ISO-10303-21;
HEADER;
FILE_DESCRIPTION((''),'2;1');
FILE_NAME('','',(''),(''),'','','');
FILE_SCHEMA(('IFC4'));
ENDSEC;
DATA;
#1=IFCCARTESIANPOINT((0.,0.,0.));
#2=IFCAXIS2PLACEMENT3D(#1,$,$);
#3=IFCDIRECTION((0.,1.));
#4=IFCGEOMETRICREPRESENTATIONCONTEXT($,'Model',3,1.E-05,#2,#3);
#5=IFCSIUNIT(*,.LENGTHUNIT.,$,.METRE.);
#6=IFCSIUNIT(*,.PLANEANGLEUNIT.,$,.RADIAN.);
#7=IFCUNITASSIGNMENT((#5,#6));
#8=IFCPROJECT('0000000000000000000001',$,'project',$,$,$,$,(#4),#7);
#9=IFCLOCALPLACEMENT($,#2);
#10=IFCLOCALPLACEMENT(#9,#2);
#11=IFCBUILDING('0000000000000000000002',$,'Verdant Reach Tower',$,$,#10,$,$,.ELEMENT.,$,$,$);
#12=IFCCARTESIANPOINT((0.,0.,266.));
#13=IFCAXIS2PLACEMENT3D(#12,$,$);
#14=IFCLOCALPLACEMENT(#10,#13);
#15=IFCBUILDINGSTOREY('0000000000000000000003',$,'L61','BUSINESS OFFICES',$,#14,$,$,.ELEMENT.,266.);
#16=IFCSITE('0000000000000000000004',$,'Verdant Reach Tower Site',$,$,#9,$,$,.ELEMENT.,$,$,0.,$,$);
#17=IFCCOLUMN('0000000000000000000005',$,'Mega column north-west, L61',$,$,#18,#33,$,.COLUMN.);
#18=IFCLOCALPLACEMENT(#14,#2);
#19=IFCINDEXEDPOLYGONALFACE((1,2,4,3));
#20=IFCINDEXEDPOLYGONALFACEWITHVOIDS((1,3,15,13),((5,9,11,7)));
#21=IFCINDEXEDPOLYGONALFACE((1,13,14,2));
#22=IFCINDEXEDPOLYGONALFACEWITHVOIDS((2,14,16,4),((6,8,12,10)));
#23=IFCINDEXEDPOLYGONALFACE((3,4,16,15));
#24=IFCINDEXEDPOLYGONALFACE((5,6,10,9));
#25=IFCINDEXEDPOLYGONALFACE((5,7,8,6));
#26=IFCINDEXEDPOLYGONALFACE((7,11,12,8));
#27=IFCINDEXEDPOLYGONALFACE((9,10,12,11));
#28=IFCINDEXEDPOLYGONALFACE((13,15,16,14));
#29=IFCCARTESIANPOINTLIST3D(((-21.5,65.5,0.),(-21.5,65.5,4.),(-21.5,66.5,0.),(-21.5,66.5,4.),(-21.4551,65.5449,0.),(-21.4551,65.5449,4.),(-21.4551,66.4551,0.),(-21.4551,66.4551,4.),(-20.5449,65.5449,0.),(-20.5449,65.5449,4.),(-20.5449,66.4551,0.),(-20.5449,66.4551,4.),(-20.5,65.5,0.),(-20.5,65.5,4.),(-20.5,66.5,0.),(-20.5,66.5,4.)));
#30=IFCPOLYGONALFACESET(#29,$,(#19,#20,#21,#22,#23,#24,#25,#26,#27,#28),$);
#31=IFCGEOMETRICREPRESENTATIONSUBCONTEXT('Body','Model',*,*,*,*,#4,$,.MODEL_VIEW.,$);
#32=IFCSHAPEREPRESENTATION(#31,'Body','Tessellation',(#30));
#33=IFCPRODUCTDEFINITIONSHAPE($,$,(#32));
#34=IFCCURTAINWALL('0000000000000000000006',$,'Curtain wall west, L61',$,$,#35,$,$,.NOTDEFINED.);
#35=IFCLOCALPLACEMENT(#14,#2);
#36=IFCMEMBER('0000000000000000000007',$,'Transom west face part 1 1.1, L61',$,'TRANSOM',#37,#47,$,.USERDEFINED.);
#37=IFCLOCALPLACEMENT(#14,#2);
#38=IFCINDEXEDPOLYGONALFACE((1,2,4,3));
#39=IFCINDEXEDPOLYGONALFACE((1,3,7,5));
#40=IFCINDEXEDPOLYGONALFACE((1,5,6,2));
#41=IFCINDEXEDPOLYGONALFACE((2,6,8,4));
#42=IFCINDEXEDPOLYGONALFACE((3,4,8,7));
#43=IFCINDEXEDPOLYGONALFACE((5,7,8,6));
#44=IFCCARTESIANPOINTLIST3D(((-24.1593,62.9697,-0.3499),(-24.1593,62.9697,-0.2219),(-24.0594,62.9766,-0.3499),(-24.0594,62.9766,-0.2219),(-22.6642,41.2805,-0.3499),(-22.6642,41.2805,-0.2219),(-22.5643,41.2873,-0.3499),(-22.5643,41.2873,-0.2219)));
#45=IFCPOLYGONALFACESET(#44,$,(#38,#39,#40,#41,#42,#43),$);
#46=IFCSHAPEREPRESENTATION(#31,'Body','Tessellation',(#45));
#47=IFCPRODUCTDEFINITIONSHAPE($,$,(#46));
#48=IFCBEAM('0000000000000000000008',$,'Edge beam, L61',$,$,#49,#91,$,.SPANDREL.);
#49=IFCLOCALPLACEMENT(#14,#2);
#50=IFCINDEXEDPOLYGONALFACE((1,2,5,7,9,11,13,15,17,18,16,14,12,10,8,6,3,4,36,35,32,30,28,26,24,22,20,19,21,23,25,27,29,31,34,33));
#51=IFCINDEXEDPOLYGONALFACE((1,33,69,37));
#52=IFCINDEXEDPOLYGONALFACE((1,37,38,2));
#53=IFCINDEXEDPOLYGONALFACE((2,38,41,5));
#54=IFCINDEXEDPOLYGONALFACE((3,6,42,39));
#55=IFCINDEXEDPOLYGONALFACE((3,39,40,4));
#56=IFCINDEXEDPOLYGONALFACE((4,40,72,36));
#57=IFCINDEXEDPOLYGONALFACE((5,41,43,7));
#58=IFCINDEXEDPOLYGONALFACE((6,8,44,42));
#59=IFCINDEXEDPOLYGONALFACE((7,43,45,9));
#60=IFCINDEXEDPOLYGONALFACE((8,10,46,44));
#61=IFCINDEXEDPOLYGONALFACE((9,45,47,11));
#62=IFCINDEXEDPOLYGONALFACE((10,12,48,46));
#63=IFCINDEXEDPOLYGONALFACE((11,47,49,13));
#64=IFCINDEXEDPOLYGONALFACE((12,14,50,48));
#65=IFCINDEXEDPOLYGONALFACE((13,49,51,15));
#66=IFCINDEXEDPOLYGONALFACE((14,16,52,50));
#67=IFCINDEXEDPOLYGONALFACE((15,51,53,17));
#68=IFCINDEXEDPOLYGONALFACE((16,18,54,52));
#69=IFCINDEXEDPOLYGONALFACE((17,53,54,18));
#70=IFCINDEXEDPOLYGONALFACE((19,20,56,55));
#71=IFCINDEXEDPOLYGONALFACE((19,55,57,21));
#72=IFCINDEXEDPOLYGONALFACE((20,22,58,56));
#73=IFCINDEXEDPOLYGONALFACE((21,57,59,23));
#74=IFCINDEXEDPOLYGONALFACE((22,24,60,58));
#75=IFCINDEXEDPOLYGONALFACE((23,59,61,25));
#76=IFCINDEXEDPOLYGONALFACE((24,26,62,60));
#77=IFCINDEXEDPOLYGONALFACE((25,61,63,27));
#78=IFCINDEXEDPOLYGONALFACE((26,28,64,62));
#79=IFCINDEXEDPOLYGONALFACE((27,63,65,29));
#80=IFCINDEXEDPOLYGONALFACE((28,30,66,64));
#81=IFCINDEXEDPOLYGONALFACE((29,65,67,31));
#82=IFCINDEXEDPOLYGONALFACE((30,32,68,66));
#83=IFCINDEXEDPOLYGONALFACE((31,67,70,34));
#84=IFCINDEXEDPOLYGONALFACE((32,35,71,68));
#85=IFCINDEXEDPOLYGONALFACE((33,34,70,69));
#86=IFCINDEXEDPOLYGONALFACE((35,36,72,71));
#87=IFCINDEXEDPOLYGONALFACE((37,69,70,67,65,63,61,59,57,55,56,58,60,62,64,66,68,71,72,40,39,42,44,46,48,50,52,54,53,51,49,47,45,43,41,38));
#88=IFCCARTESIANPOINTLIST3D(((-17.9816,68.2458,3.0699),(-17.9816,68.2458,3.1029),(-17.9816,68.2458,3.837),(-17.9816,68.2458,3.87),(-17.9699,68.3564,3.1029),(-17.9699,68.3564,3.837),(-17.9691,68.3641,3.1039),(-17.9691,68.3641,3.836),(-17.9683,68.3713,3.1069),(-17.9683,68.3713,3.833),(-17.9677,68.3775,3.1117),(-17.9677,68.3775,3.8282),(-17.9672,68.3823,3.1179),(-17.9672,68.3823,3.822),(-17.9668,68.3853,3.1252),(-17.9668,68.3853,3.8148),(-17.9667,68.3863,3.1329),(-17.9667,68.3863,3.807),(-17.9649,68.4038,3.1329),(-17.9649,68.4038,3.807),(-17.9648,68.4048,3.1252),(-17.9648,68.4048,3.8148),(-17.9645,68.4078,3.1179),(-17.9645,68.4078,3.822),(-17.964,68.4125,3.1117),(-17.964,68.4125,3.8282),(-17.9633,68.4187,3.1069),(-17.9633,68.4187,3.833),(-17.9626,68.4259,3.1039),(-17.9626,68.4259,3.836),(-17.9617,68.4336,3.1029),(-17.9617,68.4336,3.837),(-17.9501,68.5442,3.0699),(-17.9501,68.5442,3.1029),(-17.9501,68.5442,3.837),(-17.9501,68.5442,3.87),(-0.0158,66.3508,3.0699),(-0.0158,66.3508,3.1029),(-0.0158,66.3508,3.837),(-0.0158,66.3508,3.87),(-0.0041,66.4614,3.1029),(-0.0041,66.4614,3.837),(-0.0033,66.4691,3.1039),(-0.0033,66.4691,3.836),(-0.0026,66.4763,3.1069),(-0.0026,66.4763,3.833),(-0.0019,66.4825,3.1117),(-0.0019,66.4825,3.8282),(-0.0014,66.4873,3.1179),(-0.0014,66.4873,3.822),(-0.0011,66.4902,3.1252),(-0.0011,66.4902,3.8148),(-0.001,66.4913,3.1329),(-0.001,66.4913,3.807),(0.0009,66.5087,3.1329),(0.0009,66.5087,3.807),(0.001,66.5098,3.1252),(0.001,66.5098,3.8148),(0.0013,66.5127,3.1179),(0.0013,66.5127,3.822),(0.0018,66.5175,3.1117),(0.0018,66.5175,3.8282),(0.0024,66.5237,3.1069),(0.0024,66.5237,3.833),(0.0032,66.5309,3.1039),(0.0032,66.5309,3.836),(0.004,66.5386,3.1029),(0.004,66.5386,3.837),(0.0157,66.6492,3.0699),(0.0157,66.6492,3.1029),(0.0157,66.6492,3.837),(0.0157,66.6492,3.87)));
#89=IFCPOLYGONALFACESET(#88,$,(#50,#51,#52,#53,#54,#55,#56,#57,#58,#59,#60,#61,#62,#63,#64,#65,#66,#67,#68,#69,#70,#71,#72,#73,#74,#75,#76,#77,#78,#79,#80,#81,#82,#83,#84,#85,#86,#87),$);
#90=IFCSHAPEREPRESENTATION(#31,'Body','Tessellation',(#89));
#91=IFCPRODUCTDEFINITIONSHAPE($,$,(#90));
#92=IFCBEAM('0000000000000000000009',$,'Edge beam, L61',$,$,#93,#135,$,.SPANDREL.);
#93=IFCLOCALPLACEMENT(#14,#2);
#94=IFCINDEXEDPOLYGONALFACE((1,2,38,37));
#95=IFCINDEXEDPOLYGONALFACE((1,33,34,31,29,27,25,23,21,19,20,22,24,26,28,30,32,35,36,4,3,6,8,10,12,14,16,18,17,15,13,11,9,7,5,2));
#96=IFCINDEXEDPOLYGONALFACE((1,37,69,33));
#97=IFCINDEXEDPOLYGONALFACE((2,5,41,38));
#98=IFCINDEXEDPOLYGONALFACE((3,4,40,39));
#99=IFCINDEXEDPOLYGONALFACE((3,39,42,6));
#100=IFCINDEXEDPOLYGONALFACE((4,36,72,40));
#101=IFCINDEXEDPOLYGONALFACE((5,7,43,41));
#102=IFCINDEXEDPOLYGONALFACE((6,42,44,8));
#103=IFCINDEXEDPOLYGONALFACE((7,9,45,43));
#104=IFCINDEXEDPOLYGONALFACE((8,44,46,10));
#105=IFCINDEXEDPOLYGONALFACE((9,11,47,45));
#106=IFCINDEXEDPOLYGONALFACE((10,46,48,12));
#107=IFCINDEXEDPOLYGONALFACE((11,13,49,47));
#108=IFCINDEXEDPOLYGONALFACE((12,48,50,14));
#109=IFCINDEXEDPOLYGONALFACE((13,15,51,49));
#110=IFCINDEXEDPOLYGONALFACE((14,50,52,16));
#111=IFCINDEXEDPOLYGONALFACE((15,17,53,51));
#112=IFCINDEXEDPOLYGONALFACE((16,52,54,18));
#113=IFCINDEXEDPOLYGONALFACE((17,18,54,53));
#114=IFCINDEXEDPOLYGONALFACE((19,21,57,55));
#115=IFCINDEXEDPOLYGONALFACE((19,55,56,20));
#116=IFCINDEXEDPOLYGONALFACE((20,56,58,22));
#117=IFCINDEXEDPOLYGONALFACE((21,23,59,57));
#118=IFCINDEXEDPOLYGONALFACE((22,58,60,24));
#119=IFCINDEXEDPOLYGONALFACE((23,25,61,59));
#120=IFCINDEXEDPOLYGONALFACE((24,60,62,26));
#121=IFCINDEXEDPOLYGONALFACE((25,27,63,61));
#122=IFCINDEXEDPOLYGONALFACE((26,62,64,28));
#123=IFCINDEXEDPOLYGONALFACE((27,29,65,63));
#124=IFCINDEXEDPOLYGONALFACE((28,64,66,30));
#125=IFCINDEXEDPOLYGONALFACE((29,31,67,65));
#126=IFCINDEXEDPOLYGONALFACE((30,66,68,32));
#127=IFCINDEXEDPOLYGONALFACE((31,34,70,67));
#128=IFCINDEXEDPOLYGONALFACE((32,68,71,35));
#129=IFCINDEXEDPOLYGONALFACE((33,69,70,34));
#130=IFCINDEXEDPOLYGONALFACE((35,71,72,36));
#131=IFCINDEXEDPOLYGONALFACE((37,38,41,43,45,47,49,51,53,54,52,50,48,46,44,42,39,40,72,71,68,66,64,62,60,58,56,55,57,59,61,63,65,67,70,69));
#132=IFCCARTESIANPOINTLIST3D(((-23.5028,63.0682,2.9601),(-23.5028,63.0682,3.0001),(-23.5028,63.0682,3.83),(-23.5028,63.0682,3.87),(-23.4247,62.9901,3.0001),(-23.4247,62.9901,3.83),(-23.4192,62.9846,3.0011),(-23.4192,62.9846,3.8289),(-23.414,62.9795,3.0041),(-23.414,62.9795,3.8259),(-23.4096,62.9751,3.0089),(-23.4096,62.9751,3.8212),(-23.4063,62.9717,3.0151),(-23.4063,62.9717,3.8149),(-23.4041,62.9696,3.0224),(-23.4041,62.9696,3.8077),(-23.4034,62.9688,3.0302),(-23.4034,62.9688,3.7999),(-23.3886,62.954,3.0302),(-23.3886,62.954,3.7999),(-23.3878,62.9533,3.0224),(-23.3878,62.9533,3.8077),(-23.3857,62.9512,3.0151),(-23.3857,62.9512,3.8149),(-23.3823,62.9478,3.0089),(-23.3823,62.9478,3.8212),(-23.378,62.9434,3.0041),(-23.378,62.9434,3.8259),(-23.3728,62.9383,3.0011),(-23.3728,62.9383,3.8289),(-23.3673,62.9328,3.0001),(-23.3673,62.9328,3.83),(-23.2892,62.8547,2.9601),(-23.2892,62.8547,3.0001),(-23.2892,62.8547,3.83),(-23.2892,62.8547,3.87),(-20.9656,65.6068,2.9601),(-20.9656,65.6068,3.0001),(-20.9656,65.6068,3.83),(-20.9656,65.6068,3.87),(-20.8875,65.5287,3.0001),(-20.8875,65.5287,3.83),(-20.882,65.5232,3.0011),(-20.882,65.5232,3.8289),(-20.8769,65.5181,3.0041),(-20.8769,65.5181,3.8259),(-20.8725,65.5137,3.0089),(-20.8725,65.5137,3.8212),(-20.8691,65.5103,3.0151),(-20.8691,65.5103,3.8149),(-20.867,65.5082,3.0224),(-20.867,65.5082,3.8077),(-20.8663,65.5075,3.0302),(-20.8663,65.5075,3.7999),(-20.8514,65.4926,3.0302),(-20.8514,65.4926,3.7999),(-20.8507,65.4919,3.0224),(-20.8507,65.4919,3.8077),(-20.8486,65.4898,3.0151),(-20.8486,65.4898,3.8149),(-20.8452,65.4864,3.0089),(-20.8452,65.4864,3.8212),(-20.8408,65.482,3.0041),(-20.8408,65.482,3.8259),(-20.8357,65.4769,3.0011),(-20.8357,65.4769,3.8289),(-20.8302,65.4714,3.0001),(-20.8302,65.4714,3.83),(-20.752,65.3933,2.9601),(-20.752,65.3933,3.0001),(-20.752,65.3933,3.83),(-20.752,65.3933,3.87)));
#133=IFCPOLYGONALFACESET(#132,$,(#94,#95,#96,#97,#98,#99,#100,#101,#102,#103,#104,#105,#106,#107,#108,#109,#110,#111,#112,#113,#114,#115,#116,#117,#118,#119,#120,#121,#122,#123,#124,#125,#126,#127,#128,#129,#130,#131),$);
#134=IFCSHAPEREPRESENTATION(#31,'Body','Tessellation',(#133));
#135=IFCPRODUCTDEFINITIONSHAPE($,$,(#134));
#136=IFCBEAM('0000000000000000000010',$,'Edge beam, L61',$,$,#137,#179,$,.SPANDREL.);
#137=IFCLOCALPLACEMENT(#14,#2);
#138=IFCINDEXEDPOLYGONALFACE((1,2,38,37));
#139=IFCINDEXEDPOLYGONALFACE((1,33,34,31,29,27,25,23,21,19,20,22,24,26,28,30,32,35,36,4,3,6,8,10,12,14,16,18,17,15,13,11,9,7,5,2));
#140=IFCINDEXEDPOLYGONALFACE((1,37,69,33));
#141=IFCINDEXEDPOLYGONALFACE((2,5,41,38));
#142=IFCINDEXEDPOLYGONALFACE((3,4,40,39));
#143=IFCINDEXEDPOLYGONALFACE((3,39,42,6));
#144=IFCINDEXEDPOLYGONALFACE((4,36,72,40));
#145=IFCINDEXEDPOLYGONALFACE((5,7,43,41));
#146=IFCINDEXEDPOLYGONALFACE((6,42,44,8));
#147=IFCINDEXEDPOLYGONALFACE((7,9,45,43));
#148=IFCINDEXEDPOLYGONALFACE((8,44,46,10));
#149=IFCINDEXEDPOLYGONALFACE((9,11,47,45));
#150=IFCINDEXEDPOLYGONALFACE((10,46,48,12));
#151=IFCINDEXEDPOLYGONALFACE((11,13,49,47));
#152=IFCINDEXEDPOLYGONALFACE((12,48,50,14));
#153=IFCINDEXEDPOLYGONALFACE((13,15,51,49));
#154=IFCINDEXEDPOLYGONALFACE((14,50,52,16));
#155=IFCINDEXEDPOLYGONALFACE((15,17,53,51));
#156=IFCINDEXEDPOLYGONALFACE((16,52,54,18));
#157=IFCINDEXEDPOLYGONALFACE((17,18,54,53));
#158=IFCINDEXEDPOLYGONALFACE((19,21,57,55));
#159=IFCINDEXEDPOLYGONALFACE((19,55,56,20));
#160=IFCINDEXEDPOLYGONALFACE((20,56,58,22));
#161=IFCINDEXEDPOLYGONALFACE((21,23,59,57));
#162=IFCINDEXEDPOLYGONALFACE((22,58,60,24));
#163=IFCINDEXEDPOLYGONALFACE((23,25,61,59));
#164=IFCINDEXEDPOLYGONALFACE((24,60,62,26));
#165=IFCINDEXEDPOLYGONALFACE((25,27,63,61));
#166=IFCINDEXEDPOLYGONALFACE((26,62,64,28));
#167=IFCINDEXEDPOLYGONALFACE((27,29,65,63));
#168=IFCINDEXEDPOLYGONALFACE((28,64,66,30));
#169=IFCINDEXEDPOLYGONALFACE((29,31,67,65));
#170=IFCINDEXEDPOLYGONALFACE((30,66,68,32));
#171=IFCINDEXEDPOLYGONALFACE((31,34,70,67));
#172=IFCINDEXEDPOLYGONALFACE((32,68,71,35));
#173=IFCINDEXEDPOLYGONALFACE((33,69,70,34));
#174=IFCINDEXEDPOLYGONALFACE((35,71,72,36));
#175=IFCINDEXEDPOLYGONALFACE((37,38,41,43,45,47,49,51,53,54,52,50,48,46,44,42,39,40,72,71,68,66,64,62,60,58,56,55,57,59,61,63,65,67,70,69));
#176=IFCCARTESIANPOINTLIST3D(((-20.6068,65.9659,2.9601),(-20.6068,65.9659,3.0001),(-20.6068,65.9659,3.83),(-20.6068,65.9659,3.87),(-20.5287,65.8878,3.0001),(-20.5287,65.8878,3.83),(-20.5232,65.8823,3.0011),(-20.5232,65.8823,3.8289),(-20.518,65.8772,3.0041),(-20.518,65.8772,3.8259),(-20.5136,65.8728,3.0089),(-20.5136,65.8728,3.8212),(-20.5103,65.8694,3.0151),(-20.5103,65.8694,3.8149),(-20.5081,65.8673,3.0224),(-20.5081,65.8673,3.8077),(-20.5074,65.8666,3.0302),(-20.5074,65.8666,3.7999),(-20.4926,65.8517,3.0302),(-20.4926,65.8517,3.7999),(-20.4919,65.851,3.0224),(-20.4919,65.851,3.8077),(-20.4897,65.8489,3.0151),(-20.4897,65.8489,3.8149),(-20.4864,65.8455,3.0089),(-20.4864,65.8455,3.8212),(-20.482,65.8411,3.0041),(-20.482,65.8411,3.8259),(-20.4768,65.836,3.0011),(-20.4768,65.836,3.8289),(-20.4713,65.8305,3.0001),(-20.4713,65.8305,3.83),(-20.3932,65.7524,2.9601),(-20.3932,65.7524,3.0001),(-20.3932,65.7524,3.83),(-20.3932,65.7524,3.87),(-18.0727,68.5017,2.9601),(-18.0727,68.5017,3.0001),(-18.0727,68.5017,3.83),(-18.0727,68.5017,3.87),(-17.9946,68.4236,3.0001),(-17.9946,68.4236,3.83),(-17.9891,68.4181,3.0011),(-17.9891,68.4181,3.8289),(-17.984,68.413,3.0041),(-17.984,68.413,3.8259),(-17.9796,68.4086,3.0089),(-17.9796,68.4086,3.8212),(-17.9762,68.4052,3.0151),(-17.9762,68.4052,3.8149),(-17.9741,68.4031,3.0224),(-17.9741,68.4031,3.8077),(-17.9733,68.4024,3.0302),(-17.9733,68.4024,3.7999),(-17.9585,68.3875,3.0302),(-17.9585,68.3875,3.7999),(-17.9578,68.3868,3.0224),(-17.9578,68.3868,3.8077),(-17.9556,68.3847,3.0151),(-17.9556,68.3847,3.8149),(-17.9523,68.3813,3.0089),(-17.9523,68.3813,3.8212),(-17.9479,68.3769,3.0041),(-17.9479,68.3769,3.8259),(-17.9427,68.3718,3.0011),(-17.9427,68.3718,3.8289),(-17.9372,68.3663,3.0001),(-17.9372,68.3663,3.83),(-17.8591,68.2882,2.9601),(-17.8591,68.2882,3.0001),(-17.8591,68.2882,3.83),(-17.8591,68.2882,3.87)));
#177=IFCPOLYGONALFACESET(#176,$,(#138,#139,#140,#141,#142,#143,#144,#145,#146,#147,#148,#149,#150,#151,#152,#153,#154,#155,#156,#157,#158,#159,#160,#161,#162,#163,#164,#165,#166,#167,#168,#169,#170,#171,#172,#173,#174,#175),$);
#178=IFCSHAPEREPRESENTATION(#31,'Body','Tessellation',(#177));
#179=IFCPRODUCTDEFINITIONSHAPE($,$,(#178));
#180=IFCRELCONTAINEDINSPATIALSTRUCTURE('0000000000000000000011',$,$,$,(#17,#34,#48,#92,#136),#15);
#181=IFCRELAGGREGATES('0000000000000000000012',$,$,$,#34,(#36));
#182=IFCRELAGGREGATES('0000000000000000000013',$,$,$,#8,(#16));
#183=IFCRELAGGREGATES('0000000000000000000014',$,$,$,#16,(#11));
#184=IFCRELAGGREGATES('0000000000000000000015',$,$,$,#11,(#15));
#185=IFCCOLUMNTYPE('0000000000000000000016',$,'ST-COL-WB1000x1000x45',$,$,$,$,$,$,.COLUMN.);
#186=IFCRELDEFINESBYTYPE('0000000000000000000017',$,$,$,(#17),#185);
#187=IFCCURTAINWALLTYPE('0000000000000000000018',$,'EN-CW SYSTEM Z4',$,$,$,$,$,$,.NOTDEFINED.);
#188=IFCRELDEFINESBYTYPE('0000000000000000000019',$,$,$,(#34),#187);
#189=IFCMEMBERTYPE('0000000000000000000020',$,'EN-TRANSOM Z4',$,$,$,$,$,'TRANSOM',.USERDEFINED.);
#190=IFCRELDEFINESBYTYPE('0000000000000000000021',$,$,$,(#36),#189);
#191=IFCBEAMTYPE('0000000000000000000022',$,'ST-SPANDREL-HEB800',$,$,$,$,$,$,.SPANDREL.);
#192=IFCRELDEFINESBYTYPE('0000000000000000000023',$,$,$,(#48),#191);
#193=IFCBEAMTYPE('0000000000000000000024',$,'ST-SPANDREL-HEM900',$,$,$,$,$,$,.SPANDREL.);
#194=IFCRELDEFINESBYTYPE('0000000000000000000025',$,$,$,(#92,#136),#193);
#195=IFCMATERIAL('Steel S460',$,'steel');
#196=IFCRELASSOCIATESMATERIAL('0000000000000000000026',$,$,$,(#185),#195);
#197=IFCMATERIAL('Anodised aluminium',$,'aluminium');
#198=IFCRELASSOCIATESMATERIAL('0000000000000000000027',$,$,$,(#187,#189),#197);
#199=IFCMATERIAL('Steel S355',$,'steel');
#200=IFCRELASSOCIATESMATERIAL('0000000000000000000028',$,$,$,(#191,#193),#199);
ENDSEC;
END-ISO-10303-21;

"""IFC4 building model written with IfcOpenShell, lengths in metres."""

from ifc_helpers import new_model, si_unit, direction, frame, origin, origin_2d, place, context, subcontext, project, spatial, rectangle, hollow_rectangle, i_section, extrude, material, material_profile, profile_set, type_object, element, aggregate, save


model = new_model("IFC4")

# Units and contexts
model_context = context("Model", 3, precision=1e-05, world=origin(), true_north=direction((0.0, 1.0)))
body_context = subcontext(model_context, "Body", "Model", "MODEL_VIEW")
ifc_project = project(units=[si_unit("LENGTHUNIT", "METRE"), si_unit("PLANEANGLEUNIT", "RADIAN")], contexts=[model_context])

# Site, building, storey
site_placement = place(None, origin())
site = spatial("IfcSite", under=ifc_project, at=site_placement, Name="Verdant Reach Tower Site", CompositionType="ELEMENT", RefElevation=0.0)
building_placement = place(site_placement, origin())
building = spatial("IfcBuilding", under=site, at=building_placement, Name="Verdant Reach Tower", CompositionType="ELEMENT")
storey_placement = place(building_placement, frame((0.0, 0.0, 266.0)))
storey = spatial("IfcBuildingStorey", under=building, at=storey_placement, Name="L61", Description="BUSINESS OFFICES", CompositionType="ELEMENT", Elevation=266.0)

# Column
ifc_material_1 = material(Name="Steel S460", Category="steel")
ifc_material_profile_1 = material_profile(ifc_material_1, hollow_rectangle(XDim=1.0, YDim=1.0, WallThickness=0.0449, at=origin_2d()), Name="WB 1000x1000x45")
ifc_profile_set_1 = profile_set([ifc_material_profile_1], Name="Steel S460")
column_type = type_object("IfcColumnType", Name="ST-COL-WB1000x1000x45", PredefinedType="COLUMN", material=ifc_profile_set_1)
column_placement = place(storey_placement, frame((-21.0, 66.0, 0.0), z_axis=(0.0, 0.0, 1.0), x_axis=(1.0, 0.0, 0.0)))
element("IfcColumn", 1, at=column_placement, inside=storey, type_object=column_type, Name="Mega column north-west, L61", PredefinedType="COLUMN", context=body_context, shape_type="SweptSolid", body=[
    extrude(hollow_rectangle(XDim=1.0, YDim=1.0, WallThickness=0.0449, at=origin_2d()), origin(), (0.0, 0.0, 1.0), 4.0),
])

# Curtain wall, member
ifc_material_2 = material(Name="Anodised aluminium", Category="aluminium")
curtain_wall_type = type_object("IfcCurtainWallType", Name="EN-CW SYSTEM Z4", PredefinedType="NOTDEFINED", material=ifc_material_2)
curtain_wall_1_placement = place(storey_placement, origin())
curtain_wall_1 = element("IfcCurtainWall", 2, at=curtain_wall_1_placement, inside=storey, type_object=curtain_wall_type, Name="Curtain wall west, L61", PredefinedType="NOTDEFINED")
ifc_material_profile_2 = material_profile(ifc_material_2, rectangle(XDim=0.1001, YDim=0.1279, at=origin_2d()), Name="Transom 128x100")
ifc_profile_set_2 = profile_set([ifc_material_profile_2], Name="Anodised aluminium")
member_type = type_object("IfcMemberType", Name="EN-TRANSOM Z4", ElementType="TRANSOM", PredefinedType="USERDEFINED", material=ifc_profile_set_2)
member_placement = place(storey_placement, frame((-24.1094, 62.9731, -0.2859), z_axis=(0.06877, -0.997633, 0.0), x_axis=(0.997633, 0.06877, 0.0)))
member = element("IfcMember", 3, at=member_placement, type_object=member_type, Name="Transom west face part 1 1.1, L61", ObjectType="TRANSOM", PredefinedType="USERDEFINED", context=body_context, shape_type="SweptSolid", body=[
    extrude(rectangle(XDim=0.1001, YDim=0.1279, at=origin_2d()), origin(), (0.0, 0.0, 1.0), 21.7407),
])

# Beams
ifc_material_3 = material(Name="Steel S355", Category="steel")
ifc_material_profile_3 = material_profile(ifc_material_3, i_section(OverallWidth=0.3, OverallDepth=0.8, WebThickness=0.0176, FlangeThickness=0.033, FilletRadius=0.03, at=origin_2d()), Name="HEB 800")
ifc_profile_set_3 = profile_set([ifc_material_profile_3], Name="Steel S355")
beam_type_1 = type_object("IfcBeamType", Name="ST-SPANDREL-HEB800", PredefinedType="SPANDREL", material=ifc_profile_set_3)
beam_1_placement = place(storey_placement, frame((-17.9658, 68.395, 3.47), z_axis=(0.994483, -0.104897, 0.0), x_axis=(0.104897, 0.994483, 0.0)))
element("IfcBeam", 4, at=beam_1_placement, inside=storey, type_object=beam_type_1, Name="Edge beam, L61", PredefinedType="SPANDREL", context=body_context, shape_type="SweptSolid", body=[
    extrude(i_section(OverallWidth=0.3, OverallDepth=0.8, WebThickness=0.0176, FlangeThickness=0.033, FilletRadius=0.03, at=origin_2d()), origin(), (0.0, 0.0, 1.0), 18.0654),
])
ifc_material_profile_4 = material_profile(ifc_material_3, i_section(OverallWidth=0.302, OverallDepth=0.9099, WebThickness=0.021, FlangeThickness=0.04, FilletRadius=0.03, at=origin_2d()), Name="HEM 900")
ifc_profile_set_4 = profile_set([ifc_material_profile_4], Name="Steel S355")
beam_type_2 = type_object("IfcBeamType", Name="ST-SPANDREL-HEM900", PredefinedType="SPANDREL", material=ifc_profile_set_4)
beam_2_placement = place(storey_placement, frame((-23.396, 62.9614, 3.415), z_axis=(0.706903, 0.707311, 0.0), x_axis=(-0.707311, 0.706903, 0.0)))
element("IfcBeam", 5, at=beam_2_placement, inside=storey, type_object=beam_type_2, Name="Edge beam, L61", PredefinedType="SPANDREL", context=body_context, shape_type="SweptSolid", body=[
    extrude(i_section(OverallWidth=0.302, OverallDepth=0.9099, WebThickness=0.021, FlangeThickness=0.04, FilletRadius=0.03, at=origin_2d()), origin(), (0.0, 0.0, 1.0), 3.5891),
])
beam_3_placement = place(storey_placement, frame((-20.5, 65.8591, 3.415), z_axis=(0.706868, 0.707345, 0.0), x_axis=(-0.707345, 0.706868, 0.0)))
element("IfcBeam", 6, at=beam_3_placement, inside=storey, type_object=beam_type_2, Name="Edge beam, L61", PredefinedType="SPANDREL", context=body_context, shape_type="SweptSolid", body=[
    extrude(i_section(OverallWidth=0.302, OverallDepth=0.9099, WebThickness=0.021, FlangeThickness=0.04, FilletRadius=0.03, at=origin_2d()), origin(), (0.0, 0.0, 1.0), 3.585),
])

aggregate(curtain_wall_1, [member])

save(model, "model.ifc")
